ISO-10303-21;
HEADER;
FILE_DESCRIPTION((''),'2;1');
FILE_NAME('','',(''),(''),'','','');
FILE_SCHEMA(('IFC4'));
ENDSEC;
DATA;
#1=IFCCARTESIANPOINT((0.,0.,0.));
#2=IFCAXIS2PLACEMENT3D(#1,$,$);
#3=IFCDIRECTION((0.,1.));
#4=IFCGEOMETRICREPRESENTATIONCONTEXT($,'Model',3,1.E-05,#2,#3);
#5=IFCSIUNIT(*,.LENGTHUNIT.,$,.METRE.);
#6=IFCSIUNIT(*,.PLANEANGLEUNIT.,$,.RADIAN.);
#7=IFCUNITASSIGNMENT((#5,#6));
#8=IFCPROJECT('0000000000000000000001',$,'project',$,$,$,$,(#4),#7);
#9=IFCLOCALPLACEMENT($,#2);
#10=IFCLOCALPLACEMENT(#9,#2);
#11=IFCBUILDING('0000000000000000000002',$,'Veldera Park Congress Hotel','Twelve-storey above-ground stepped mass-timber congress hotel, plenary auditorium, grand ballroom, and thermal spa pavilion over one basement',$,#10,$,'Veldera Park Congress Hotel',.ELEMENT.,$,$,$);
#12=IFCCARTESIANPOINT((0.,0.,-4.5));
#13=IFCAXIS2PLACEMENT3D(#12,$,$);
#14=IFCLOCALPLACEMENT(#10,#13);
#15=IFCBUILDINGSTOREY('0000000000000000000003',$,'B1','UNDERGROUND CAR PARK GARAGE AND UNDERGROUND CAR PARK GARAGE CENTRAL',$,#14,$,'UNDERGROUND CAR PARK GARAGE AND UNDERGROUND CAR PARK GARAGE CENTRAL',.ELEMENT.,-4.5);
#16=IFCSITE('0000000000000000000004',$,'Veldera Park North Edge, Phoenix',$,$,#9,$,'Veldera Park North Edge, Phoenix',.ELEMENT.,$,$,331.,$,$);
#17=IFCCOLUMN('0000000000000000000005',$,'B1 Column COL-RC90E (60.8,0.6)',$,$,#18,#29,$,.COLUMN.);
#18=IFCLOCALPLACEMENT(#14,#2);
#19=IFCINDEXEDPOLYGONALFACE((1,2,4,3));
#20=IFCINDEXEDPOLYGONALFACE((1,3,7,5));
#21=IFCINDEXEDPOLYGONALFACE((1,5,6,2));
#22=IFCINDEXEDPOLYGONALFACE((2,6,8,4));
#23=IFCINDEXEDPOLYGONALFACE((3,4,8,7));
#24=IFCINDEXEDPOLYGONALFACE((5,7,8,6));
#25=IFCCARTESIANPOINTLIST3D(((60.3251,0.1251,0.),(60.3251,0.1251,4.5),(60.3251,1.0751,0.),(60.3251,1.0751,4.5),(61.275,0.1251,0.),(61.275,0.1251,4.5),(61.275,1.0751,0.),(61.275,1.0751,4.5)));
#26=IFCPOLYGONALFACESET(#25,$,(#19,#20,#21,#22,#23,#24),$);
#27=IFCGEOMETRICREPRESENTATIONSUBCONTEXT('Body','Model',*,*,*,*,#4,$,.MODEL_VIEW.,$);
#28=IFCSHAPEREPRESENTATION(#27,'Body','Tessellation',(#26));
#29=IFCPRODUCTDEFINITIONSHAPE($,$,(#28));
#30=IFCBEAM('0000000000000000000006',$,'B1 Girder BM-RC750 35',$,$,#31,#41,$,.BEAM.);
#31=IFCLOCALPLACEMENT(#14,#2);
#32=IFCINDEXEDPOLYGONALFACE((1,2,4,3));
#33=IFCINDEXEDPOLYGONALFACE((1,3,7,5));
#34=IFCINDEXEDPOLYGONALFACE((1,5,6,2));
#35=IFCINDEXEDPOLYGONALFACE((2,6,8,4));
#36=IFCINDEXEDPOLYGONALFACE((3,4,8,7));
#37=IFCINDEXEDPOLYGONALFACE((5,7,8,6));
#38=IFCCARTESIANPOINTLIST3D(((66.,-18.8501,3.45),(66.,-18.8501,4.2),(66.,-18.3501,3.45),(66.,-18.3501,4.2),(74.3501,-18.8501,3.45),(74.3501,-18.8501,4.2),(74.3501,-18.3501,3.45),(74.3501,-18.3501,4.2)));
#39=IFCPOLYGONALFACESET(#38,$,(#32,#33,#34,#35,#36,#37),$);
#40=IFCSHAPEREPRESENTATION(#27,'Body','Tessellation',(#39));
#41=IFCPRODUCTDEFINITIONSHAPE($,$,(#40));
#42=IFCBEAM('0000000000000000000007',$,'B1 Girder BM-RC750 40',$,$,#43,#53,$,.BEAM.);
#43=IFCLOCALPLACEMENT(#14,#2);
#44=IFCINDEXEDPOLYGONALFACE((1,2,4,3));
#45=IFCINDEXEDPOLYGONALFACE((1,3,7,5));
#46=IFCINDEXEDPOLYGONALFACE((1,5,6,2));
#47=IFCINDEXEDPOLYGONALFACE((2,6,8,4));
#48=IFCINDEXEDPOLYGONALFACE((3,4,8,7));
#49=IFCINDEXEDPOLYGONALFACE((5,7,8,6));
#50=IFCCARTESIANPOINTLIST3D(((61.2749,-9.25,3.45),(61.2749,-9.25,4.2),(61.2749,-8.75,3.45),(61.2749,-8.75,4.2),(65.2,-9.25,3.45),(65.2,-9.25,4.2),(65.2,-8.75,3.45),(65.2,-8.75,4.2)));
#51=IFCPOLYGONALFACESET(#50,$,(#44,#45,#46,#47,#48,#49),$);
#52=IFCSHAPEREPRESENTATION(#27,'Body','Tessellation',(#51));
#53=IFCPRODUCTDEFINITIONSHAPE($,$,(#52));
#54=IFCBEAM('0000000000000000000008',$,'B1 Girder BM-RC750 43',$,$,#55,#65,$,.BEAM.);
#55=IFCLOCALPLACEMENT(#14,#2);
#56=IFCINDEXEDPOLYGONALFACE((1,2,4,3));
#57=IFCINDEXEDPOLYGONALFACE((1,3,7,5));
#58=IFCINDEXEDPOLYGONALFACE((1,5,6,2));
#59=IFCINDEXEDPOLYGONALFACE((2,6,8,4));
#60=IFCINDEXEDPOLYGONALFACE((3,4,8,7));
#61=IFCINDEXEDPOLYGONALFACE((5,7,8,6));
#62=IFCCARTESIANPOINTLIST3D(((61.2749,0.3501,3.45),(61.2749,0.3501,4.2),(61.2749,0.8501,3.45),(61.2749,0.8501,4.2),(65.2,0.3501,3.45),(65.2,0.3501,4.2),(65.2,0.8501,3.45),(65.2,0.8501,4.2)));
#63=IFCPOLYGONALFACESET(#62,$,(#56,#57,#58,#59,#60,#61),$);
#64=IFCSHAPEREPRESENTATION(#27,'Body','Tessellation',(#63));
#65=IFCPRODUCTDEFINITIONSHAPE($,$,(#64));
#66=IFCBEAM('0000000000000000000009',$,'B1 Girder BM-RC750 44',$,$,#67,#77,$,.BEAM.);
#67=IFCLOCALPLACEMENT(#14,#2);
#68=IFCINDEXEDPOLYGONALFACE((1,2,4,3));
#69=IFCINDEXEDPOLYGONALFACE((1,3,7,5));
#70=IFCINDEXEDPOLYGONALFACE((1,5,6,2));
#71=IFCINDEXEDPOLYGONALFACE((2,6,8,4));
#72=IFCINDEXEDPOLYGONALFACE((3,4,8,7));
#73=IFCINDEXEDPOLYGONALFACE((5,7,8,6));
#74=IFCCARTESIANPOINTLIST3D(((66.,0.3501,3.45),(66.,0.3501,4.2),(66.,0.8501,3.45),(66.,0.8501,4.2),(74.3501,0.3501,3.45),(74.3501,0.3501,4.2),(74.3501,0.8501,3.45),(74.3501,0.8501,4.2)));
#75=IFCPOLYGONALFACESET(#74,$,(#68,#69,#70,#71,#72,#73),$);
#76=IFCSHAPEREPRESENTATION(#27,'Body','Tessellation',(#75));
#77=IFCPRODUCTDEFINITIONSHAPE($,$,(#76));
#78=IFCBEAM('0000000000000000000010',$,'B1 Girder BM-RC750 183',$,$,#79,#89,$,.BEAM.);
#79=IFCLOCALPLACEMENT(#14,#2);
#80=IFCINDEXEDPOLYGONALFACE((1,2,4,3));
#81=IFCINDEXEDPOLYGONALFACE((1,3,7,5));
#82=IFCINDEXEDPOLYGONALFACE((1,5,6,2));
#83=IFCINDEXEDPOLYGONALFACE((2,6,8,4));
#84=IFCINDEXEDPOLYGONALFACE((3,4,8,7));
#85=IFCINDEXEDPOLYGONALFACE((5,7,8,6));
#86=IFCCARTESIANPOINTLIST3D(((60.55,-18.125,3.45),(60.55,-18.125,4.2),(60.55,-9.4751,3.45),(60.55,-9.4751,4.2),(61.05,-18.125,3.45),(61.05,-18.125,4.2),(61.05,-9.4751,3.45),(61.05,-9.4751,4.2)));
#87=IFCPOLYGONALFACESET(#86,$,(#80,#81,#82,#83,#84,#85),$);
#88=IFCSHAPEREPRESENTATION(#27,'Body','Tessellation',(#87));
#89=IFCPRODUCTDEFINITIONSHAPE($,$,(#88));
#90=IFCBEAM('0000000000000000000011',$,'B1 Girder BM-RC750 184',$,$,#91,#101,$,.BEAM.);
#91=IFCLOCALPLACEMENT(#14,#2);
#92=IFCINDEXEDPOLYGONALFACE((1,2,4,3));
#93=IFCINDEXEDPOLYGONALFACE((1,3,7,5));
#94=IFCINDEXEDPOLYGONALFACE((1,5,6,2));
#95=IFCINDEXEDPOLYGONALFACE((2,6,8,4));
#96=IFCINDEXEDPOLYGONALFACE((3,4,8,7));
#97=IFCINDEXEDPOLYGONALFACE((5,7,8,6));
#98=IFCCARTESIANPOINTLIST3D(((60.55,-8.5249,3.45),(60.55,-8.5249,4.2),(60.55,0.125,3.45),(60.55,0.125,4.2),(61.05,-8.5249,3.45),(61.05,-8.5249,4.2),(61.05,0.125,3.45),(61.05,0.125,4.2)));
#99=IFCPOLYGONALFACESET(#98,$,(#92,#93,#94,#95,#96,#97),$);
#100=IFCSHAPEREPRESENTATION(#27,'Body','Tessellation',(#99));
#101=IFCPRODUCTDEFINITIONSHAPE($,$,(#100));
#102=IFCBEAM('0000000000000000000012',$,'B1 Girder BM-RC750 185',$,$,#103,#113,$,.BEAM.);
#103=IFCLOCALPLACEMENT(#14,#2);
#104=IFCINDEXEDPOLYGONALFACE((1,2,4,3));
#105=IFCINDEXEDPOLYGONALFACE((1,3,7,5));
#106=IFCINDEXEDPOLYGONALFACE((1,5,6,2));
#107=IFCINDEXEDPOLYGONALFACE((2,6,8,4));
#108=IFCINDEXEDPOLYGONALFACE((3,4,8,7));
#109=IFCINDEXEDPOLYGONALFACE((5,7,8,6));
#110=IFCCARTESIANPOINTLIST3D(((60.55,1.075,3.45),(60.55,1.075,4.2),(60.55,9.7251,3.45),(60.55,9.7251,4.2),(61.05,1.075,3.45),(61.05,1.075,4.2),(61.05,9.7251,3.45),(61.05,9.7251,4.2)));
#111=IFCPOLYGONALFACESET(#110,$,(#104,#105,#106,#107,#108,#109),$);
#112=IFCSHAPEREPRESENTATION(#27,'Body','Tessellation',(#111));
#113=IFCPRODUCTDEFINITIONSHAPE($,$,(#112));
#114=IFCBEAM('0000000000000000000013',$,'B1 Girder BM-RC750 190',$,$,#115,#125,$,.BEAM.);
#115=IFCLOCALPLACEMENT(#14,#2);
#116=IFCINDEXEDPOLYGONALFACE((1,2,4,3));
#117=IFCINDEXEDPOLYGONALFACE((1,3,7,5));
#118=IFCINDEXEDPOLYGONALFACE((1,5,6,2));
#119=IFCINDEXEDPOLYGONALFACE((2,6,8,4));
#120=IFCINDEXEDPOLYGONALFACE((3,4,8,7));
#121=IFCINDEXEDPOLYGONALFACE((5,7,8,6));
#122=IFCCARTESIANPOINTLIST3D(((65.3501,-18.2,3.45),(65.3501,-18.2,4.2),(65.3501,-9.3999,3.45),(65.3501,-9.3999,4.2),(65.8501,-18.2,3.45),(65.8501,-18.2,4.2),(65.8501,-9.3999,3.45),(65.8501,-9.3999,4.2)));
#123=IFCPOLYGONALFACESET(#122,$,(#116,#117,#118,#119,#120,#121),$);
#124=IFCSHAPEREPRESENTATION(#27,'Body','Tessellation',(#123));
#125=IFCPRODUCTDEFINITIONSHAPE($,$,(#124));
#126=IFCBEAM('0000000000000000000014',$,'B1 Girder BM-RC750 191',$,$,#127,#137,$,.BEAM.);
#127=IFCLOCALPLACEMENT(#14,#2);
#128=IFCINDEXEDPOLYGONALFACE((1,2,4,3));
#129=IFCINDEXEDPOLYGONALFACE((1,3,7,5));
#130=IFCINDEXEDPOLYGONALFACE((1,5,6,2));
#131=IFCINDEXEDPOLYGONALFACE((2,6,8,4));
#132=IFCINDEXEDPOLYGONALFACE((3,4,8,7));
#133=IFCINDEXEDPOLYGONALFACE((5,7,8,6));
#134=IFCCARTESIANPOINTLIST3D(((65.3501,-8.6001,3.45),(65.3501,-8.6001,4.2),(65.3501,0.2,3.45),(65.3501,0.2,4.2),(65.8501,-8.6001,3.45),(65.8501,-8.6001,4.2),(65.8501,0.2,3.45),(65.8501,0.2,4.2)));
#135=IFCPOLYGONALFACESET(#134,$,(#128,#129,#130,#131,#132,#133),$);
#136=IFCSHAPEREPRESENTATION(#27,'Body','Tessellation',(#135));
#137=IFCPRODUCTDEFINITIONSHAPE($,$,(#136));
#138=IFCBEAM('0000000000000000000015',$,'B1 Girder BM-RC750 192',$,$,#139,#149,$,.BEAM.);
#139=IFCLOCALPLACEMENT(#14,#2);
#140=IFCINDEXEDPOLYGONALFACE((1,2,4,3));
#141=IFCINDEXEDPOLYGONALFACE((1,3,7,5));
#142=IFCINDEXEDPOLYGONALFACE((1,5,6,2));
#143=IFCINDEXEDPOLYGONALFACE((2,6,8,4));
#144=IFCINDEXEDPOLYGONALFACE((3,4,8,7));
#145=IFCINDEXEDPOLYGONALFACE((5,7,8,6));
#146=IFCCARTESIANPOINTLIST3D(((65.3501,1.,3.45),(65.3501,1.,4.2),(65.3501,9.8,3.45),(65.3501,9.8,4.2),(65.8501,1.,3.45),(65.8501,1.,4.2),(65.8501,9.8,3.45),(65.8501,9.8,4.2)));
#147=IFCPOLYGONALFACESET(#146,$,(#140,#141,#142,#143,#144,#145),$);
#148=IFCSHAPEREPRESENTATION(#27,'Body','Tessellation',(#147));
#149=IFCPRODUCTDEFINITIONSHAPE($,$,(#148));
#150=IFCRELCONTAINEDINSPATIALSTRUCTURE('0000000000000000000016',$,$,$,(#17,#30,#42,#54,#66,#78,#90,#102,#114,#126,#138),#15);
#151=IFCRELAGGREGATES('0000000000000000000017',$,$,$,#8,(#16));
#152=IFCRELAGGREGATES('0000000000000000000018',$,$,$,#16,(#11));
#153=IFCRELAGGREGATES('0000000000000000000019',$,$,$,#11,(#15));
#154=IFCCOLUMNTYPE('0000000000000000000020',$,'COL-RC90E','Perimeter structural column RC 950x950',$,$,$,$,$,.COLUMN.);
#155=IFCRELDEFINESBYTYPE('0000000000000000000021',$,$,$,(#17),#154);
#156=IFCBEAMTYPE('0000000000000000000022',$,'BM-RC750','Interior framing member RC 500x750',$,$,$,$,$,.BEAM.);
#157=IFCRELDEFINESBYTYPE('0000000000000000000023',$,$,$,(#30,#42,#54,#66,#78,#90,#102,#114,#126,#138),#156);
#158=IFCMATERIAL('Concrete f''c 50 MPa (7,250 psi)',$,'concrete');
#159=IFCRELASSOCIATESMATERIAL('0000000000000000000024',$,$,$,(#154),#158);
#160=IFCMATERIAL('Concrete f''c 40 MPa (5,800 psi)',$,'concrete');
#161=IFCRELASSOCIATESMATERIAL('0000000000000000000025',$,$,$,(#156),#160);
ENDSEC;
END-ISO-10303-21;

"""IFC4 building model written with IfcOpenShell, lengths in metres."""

from ifc_helpers import new_model, si_unit, direction, frame, origin, origin_2d, place, context, subcontext, project, spatial, rectangle, extrude, material, material_profile, profile_set, type_object, element, save


model = new_model("IFC4")

# Units and contexts
model_context = context("Model", 3, precision=1e-05, world=origin(), true_north=direction((0.0, 1.0)))
body_context = subcontext(model_context, "Body", "Model", "MODEL_VIEW")
ifc_project = project(units=[si_unit("LENGTHUNIT", "METRE"), si_unit("PLANEANGLEUNIT", "RADIAN")], contexts=[model_context])

# Site, building, storey
site_placement = place(None, origin())
site = spatial("IfcSite", under=ifc_project, at=site_placement, Name="Veldera Park North Edge, Phoenix", LongName="Veldera Park North Edge, Phoenix", CompositionType="ELEMENT", RefElevation=331.0)
building_placement = place(site_placement, origin())
building = spatial("IfcBuilding", under=site, at=building_placement, Name="Veldera Park Congress Hotel", Description="Twelve-storey above-ground stepped mass-timber congress hotel, plenary auditorium, grand ballroom, and thermal spa pavilion over one basement", LongName="Veldera Park Congress Hotel", CompositionType="ELEMENT")
storey_placement = place(building_placement, frame((0.0, 0.0, -4.5)))
storey = spatial("IfcBuildingStorey", under=building, at=storey_placement, Name="B1", Description="UNDERGROUND CAR PARK GARAGE AND UNDERGROUND CAR PARK GARAGE CENTRAL", LongName="UNDERGROUND CAR PARK GARAGE AND UNDERGROUND CAR PARK GARAGE CENTRAL", CompositionType="ELEMENT", Elevation=-4.5)

# Shared definitions
ifc_material_1 = material(Name="Concrete f'c 40 MPa (5,800 psi)", Category="concrete")

# Column
ifc_material_2 = material(Name="Concrete f'c 50 MPa (7,250 psi)", Category="concrete")
ifc_material_profile_1 = material_profile(ifc_material_2, rectangle(XDim=0.95, YDim=0.95, at=origin_2d()), Name="RC 950x950")
ifc_profile_set_1 = profile_set([ifc_material_profile_1], Name="Concrete f'c 50 MPa (7,250 psi)")
column_type_1 = type_object("IfcColumnType", Name="COL-RC90E", Description="Perimeter structural column RC 950x950", PredefinedType="COLUMN", material=ifc_profile_set_1)
for number, where, z_axis, x_axis, name in (
    (1, (60.8, 0.6001, 0.0), (0.0, 0.0, 1.0), (1.0, 0.0, 0.0), "B1 Column COL-RC90E (60.8,0.6)"),
):
    element("IfcColumn", number, at=place(storey_placement, frame(where, z_axis=z_axis, x_axis=x_axis)), inside=storey, type_object=column_type_1, Name=name, PredefinedType="COLUMN", context=body_context, shape_type="SweptSolid", body=[
        extrude(rectangle(XDim=0.95, YDim=0.95, at=origin_2d()), origin(), (0.0, 0.0, 1.0), 4.5),
    ])

# Beams
ifc_material_profile_2 = material_profile(ifc_material_1, rectangle(XDim=0.5, YDim=0.75, at=origin_2d()), Name="RC 500x750")
ifc_profile_set_2 = profile_set([ifc_material_profile_2], Name="Concrete f'c 40 MPa (5,800 psi)")
beam_type = type_object("IfcBeamType", Name="BM-RC750", Description="Interior framing member RC 500x750", PredefinedType="BEAM", material=ifc_profile_set_2)
beam_1_placement = place(storey_placement, frame((66.0, -18.6001, 3.825), z_axis=(1.0, 0.0, 0.0), x_axis=(0.0, 1.0, 0.0)))
element("IfcBeam", 2, at=beam_1_placement, inside=storey, type_object=beam_type, Name="B1 Girder BM-RC750 35", PredefinedType="BEAM", context=body_context, shape_type="SweptSolid", body=[
    extrude(rectangle(XDim=0.5, YDim=0.75, at=origin_2d()), origin(), (0.0, 0.0, 1.0), 8.3501),
])
for number, where, z_axis, x_axis, name in (
    (3, (61.2749, -9.0, 3.825), (1.0, 0.0, 0.0), (0.0, 1.0, 0.0), "B1 Girder BM-RC750 40"),
    (4, (61.2749, 0.6001, 3.825), (1.0, 0.0, 0.0), (0.0, 1.0, 0.0), "B1 Girder BM-RC750 43"),
):
    element("IfcBeam", number, at=place(storey_placement, frame(where, z_axis=z_axis, x_axis=x_axis)), inside=storey, type_object=beam_type, Name=name, PredefinedType="BEAM", context=body_context, shape_type="SweptSolid", body=[
        extrude(rectangle(XDim=0.5, YDim=0.75, at=origin_2d()), origin(), (0.0, 0.0, 1.0), 3.925),
    ])
beam_2_placement = place(storey_placement, frame((66.0, 0.6001, 3.825), z_axis=(1.0, 0.0, 0.0), x_axis=(0.0, 1.0, 0.0)))
element("IfcBeam", 5, at=beam_2_placement, inside=storey, type_object=beam_type, Name="B1 Girder BM-RC750 44", PredefinedType="BEAM", context=body_context, shape_type="SweptSolid", body=[
    extrude(rectangle(XDim=0.5, YDim=0.75, at=origin_2d()), origin(), (0.0, 0.0, 1.0), 8.3501),
])
for number, where, z_axis, x_axis, name in (
    (6, (60.8, -18.125, 3.825), (0.0, 1.0, 0.0), (-1.0, 0.0, 0.0), "B1 Girder BM-RC750 183"),
    (7, (60.8, -8.5249, 3.825), (0.0, 1.0, 0.0), (-1.0, 0.0, 0.0), "B1 Girder BM-RC750 184"),
):
    element("IfcBeam", number, at=place(storey_placement, frame(where, z_axis=z_axis, x_axis=x_axis)), inside=storey, type_object=beam_type, Name=name, PredefinedType="BEAM", context=body_context, shape_type="SweptSolid", body=[
        extrude(rectangle(XDim=0.5, YDim=0.75, at=origin_2d()), origin(), (0.0, 0.0, 1.0), 8.6499),
    ])
beam_3_placement = place(storey_placement, frame((60.8, 1.075, 3.825), z_axis=(0.0, 1.0, 0.0), x_axis=(-1.0, 0.0, 0.0)))
element("IfcBeam", 8, at=beam_3_placement, inside=storey, type_object=beam_type, Name="B1 Girder BM-RC750 185", PredefinedType="BEAM", context=body_context, shape_type="SweptSolid", body=[
    extrude(rectangle(XDim=0.5, YDim=0.75, at=origin_2d()), origin(), (0.0, 0.0, 1.0), 8.6501),
])
for number, where, z_axis, x_axis, name in (
    (9, (65.6001, -18.2, 3.825), (0.0, 1.0, 0.0), (-1.0, 0.0, 0.0), "B1 Girder BM-RC750 190"),
    (10, (65.6001, -8.6001, 3.825), (0.0, 1.0, 0.0), (-1.0, 0.0, 0.0), "B1 Girder BM-RC750 191"),
    (11, (65.6001, 1.0, 3.825), (0.0, 1.0, 0.0), (-1.0, 0.0, 0.0), "B1 Girder BM-RC750 192"),
):
    element("IfcBeam", number, at=place(storey_placement, frame(where, z_axis=z_axis, x_axis=x_axis)), inside=storey, type_object=beam_type, Name=name, PredefinedType="BEAM", context=body_context, shape_type="SweptSolid", body=[
        extrude(rectangle(XDim=0.5, YDim=0.75, at=origin_2d()), origin(), (0.0, 0.0, 1.0), 8.8),
    ])

save(model, "model.ifc")
